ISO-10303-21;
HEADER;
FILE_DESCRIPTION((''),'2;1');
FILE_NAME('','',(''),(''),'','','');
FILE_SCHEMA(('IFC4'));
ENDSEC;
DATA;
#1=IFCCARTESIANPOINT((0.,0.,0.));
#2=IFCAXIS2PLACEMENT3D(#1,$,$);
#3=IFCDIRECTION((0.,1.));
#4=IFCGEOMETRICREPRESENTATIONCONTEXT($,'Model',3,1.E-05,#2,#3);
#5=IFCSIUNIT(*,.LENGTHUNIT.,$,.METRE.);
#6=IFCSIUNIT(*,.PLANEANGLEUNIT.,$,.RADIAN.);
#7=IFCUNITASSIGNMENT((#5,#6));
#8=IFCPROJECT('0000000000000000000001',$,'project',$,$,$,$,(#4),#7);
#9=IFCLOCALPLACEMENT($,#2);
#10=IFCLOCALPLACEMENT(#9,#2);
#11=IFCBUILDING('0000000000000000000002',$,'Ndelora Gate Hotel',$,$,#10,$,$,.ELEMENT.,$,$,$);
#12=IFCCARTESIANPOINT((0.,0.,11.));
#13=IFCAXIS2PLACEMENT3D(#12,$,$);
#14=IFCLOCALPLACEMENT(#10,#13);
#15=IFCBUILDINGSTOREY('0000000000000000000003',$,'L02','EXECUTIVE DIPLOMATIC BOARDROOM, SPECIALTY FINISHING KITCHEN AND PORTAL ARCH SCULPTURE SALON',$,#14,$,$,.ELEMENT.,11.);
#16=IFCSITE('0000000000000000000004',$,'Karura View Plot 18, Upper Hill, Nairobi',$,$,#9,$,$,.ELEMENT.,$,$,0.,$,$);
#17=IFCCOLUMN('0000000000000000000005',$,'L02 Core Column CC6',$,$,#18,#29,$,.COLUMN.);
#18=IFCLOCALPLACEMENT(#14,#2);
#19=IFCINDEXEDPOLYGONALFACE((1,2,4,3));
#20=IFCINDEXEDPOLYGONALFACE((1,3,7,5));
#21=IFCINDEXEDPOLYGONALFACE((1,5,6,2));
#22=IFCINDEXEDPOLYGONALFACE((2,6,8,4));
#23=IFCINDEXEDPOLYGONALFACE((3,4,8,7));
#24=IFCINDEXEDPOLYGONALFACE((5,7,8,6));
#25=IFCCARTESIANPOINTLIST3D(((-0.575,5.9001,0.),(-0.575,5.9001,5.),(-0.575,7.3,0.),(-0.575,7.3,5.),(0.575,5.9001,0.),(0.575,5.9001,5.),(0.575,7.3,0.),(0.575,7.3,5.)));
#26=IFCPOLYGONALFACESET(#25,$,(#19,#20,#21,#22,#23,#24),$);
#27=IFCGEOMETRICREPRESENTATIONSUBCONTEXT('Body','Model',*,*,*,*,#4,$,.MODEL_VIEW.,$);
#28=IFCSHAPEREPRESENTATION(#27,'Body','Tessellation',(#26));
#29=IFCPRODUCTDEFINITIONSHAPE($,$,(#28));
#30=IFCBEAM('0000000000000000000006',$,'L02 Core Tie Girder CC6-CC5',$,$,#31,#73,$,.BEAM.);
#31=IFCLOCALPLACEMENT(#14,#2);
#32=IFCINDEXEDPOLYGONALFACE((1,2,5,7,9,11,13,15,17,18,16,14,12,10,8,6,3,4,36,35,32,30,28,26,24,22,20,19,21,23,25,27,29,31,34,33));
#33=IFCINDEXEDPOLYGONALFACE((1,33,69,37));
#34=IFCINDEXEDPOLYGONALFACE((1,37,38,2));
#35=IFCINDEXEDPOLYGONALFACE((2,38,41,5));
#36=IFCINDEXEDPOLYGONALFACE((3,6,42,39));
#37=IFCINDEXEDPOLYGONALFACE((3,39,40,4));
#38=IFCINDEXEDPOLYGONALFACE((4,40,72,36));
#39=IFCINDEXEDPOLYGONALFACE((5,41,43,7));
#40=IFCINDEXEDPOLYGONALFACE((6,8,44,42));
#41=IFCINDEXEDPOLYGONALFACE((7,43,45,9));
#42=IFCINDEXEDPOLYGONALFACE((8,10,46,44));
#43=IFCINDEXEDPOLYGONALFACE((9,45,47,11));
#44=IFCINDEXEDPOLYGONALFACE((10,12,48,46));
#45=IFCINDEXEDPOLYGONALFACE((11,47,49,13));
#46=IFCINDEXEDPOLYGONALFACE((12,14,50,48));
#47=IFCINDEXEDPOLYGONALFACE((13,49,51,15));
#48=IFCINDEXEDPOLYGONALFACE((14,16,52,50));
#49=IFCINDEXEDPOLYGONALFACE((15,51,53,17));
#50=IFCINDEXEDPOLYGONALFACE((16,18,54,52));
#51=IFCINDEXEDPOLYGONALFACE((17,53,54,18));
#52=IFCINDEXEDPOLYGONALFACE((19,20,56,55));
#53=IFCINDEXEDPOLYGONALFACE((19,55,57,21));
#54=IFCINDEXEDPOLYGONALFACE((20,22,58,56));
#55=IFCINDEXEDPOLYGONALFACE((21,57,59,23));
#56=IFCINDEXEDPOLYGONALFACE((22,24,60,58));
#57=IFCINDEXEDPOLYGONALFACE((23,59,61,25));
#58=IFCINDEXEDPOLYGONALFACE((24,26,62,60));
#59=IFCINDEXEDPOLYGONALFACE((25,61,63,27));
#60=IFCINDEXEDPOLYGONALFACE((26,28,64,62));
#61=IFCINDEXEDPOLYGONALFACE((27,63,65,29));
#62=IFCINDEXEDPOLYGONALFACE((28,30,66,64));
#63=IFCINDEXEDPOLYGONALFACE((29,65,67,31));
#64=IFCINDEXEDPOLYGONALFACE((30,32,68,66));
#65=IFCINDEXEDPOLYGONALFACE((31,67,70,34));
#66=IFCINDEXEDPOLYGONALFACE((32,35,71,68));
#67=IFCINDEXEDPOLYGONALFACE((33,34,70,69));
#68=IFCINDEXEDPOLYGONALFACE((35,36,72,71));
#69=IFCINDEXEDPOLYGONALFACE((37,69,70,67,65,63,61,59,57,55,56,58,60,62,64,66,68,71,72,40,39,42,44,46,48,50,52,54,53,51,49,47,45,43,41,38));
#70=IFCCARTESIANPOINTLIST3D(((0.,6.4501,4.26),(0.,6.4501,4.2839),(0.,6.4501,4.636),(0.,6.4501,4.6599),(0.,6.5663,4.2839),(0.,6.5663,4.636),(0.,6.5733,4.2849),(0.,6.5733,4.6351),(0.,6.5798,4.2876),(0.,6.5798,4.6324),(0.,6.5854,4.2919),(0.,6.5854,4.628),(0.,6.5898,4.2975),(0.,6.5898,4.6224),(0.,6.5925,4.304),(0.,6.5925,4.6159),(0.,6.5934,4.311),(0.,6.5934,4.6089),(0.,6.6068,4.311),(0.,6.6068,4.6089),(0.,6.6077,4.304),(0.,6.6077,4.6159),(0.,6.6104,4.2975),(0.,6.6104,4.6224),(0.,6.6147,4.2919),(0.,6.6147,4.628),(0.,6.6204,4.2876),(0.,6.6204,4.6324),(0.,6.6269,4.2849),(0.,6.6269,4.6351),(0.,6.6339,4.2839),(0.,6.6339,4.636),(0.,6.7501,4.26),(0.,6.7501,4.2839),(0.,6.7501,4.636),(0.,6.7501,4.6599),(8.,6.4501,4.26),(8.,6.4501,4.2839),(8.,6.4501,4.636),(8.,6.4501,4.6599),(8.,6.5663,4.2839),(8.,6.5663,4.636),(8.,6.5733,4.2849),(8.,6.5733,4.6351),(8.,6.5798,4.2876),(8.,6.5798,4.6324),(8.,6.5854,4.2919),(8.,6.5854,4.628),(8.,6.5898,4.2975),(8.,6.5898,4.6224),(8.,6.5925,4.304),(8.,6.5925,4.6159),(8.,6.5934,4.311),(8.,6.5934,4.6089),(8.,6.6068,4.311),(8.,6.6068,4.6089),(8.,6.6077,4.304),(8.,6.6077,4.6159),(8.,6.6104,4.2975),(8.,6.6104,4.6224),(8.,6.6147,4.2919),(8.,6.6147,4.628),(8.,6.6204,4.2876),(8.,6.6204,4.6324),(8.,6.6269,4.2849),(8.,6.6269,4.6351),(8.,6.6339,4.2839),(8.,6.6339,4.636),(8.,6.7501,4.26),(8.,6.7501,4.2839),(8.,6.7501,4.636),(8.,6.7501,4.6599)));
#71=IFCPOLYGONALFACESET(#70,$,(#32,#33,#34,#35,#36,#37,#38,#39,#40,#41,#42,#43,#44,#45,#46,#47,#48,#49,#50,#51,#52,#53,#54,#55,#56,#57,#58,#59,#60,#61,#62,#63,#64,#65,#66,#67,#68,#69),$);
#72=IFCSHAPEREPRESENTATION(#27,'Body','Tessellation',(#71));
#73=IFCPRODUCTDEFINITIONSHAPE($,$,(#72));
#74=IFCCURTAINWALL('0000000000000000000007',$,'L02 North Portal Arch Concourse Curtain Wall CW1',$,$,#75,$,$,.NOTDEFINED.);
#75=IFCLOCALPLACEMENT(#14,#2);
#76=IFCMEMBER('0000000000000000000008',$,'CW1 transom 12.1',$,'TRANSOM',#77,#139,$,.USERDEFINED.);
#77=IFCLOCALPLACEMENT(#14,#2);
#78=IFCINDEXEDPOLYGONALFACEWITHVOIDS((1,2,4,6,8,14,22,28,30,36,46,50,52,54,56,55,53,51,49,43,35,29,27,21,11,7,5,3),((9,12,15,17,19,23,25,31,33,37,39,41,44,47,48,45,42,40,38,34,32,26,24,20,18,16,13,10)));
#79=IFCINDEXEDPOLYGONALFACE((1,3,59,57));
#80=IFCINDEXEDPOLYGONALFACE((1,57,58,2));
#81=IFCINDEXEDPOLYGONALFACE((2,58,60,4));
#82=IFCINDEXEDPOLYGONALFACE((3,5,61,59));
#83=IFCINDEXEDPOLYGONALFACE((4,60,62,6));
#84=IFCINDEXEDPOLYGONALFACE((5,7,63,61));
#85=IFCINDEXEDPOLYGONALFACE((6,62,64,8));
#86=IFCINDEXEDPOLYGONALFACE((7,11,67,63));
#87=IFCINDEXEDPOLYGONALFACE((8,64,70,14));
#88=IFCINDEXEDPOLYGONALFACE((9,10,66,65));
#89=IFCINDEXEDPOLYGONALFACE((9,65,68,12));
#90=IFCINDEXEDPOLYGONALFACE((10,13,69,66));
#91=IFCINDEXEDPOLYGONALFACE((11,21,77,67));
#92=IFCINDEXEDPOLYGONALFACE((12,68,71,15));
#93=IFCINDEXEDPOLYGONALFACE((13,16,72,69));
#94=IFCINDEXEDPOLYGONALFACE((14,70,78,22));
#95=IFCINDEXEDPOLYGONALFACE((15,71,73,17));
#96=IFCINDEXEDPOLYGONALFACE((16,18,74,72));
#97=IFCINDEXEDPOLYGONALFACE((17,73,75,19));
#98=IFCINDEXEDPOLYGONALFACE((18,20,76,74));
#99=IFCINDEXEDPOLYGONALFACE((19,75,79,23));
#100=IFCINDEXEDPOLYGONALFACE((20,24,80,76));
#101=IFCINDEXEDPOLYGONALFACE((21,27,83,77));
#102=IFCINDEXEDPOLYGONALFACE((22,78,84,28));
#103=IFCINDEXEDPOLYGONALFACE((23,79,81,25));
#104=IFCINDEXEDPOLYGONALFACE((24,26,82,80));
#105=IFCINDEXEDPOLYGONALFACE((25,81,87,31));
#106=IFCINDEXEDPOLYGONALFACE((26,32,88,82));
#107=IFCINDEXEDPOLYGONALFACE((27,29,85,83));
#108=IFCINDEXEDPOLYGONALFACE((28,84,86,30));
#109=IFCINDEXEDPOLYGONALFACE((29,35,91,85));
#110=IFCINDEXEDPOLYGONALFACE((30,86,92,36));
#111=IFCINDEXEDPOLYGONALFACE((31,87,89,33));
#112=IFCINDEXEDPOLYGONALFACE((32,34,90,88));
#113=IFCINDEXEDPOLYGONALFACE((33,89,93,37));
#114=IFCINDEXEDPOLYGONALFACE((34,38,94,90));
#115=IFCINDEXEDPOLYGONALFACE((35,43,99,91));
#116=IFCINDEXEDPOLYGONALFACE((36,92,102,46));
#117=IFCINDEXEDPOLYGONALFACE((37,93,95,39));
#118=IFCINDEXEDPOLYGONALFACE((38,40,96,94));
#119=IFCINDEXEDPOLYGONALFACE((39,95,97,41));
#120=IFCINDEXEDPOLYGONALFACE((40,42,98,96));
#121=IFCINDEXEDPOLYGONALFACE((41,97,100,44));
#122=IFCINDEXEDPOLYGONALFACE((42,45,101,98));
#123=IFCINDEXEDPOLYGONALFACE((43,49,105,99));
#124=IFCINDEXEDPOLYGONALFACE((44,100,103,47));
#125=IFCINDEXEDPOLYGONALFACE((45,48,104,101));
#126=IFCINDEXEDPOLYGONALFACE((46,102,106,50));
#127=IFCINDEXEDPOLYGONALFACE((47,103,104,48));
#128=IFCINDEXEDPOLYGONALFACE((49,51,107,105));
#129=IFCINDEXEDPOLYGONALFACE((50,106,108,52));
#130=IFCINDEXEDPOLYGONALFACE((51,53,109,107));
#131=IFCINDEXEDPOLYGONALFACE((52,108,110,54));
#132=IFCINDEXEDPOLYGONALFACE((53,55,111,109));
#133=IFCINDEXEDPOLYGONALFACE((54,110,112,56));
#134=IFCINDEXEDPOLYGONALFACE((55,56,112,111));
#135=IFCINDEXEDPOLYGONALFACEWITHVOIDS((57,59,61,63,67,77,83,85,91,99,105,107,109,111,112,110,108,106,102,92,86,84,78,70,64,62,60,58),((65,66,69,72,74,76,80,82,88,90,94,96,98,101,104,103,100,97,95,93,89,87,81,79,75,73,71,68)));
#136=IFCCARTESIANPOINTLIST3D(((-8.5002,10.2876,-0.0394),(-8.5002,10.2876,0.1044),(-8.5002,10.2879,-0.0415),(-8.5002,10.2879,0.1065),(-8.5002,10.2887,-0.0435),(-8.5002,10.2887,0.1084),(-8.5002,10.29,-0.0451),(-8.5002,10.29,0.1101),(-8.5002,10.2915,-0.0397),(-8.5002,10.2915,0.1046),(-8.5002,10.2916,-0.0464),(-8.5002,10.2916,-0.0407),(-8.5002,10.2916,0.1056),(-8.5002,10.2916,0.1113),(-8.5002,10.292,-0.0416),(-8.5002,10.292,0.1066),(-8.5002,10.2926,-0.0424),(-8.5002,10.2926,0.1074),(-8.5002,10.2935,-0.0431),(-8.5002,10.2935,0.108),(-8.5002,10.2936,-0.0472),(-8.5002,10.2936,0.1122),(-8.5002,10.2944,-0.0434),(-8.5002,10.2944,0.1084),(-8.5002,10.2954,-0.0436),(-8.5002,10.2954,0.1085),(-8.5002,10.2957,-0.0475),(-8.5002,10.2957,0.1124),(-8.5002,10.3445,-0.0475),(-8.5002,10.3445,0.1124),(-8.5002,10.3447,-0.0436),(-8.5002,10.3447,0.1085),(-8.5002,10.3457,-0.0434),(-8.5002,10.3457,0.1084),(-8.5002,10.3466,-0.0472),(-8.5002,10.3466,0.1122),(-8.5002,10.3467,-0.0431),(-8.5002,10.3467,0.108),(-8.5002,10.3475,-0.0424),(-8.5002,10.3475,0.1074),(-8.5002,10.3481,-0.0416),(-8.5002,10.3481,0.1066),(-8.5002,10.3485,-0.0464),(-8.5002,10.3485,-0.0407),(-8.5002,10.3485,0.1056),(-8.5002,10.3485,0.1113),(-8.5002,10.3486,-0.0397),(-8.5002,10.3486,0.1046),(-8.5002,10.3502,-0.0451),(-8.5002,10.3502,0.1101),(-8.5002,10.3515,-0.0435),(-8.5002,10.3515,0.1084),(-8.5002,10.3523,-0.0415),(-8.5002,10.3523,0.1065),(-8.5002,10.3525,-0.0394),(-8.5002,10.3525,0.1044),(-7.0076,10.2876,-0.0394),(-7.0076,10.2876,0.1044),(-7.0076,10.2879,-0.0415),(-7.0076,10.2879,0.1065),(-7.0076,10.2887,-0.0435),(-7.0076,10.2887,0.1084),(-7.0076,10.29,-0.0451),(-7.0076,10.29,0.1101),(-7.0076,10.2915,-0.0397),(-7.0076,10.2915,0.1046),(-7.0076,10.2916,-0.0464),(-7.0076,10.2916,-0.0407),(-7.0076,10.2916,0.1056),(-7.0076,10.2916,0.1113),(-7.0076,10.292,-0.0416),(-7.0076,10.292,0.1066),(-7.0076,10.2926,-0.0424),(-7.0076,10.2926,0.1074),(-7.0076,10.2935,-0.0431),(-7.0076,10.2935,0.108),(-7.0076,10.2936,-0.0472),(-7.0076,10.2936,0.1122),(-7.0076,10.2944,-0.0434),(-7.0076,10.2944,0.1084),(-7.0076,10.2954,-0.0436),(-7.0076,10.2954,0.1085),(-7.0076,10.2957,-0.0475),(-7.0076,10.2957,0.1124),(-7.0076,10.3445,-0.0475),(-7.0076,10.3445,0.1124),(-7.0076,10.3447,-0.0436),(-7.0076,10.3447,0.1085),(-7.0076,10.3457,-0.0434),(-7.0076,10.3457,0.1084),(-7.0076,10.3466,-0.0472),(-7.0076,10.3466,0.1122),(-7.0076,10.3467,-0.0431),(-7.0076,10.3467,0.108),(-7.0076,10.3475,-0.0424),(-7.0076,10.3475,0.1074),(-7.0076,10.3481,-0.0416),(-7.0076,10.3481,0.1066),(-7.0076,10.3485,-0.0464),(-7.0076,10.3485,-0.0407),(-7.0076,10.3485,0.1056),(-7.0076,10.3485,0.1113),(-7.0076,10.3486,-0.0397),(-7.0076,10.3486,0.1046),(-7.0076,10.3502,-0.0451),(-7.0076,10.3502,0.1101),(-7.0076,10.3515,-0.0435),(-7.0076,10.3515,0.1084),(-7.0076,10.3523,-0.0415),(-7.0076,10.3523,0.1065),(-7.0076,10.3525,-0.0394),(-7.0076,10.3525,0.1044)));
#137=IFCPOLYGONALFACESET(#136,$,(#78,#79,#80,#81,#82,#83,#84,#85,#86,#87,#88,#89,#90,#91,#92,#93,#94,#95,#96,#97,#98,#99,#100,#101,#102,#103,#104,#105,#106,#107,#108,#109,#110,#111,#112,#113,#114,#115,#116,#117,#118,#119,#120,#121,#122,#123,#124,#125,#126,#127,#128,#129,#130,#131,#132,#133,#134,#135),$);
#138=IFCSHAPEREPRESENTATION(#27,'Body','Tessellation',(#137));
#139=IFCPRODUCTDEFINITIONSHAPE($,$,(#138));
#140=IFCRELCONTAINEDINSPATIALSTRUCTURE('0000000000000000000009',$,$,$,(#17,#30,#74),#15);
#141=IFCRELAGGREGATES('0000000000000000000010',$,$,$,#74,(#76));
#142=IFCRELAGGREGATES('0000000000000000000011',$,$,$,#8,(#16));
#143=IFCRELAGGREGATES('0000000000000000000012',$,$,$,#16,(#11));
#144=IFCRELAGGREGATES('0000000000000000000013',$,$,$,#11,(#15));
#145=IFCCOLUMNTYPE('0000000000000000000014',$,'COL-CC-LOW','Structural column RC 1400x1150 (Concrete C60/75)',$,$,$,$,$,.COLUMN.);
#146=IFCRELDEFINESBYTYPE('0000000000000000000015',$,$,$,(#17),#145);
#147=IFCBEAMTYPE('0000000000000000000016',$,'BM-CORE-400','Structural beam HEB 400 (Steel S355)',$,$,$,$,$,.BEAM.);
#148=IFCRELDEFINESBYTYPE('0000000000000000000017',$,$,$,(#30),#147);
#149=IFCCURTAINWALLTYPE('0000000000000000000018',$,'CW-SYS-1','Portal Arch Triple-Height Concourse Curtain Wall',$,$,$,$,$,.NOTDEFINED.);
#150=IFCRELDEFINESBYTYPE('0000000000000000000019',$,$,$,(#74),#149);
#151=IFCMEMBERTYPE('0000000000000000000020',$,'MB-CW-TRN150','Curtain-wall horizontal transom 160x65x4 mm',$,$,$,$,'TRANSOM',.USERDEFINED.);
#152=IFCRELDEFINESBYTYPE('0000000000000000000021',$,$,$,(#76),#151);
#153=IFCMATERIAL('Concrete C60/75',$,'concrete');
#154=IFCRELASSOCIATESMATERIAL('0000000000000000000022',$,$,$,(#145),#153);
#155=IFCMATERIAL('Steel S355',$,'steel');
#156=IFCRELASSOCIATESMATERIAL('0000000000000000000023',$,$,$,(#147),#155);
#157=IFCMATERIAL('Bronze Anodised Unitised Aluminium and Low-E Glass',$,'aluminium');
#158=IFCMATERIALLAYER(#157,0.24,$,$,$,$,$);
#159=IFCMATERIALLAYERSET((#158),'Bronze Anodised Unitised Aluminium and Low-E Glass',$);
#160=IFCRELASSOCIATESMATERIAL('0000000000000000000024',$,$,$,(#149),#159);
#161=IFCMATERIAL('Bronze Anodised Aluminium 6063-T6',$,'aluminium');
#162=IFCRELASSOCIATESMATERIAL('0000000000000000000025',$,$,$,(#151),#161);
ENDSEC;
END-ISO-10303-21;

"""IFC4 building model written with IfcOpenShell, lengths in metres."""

from ifc_helpers import new_model, si_unit, direction, frame, origin, origin_2d, place, context, subcontext, project, spatial, rectangle, hollow_rectangle, i_section, extrude, material, layer, layer_set, material_profile, profile_set, type_object, element, aggregate, save


model = new_model("IFC4")

# Units and contexts
model_context = context("Model", 3, precision=1e-05, world=origin(), true_north=direction((0.0, 1.0)))
body_context = subcontext(model_context, "Body", "Model", "MODEL_VIEW")
ifc_project = project(units=[si_unit("LENGTHUNIT", "METRE"), si_unit("PLANEANGLEUNIT", "RADIAN")], contexts=[model_context])

# Site, building, storey
site_placement = place(None, origin())
site = spatial("IfcSite", under=ifc_project, at=site_placement, Name="Karura View Plot 18, Upper Hill, Nairobi", CompositionType="ELEMENT", RefElevation=0.0)
building_placement = place(site_placement, origin())
building = spatial("IfcBuilding", under=site, at=building_placement, Name="Ndelora Gate Hotel", CompositionType="ELEMENT")
storey_placement = place(building_placement, frame((0.0, 0.0, 11.0)))
storey = spatial("IfcBuildingStorey", under=building, at=storey_placement, Name="L02", Description="EXECUTIVE DIPLOMATIC BOARDROOM, SPECIALTY FINISHING KITCHEN AND PORTAL ARCH SCULPTURE SALON", CompositionType="ELEMENT", Elevation=11.0)

# Column
ifc_material_1 = material(Name="Concrete C60/75", Category="concrete")
ifc_material_profile_1 = material_profile(ifc_material_1, rectangle(XDim=1.1499, YDim=1.3999, at=origin_2d()), Name="RC 1400x1150")
ifc_profile_set_1 = profile_set([ifc_material_profile_1], Name="Concrete C60/75")
column_type = type_object("IfcColumnType", Name="COL-CC-LOW", Description="Structural column RC 1400x1150 (Concrete C60/75)", PredefinedType="COLUMN", material=ifc_profile_set_1)
column_placement = place(storey_placement, frame((0.0, 6.6001, 0.0), z_axis=(0.0, 0.0, 1.0), x_axis=(1.0, 0.0, 0.0)))
element("IfcColumn", 1, at=column_placement, inside=storey, type_object=column_type, Name="L02 Core Column CC6", PredefinedType="COLUMN", context=body_context, shape_type="SweptSolid", body=[
    extrude(rectangle(XDim=1.1499, YDim=1.3999, at=origin_2d()), origin(), (0.0, 0.0, 1.0), 5.0),
])

# Beam
ifc_material_2 = material(Name="Steel S355", Category="steel")
ifc_material_profile_2 = material_profile(ifc_material_2, i_section(OverallWidth=0.3, OverallDepth=0.3999, WebThickness=0.0134, FlangeThickness=0.0239, FilletRadius=0.0271, at=origin_2d()), Name="HEB 400")
ifc_profile_set_2 = profile_set([ifc_material_profile_2], Name="Steel S355")
beam_type = type_object("IfcBeamType", Name="BM-CORE-400", Description="Structural beam HEB 400 (Steel S355)", PredefinedType="BEAM", material=ifc_profile_set_2)
beam_placement = place(storey_placement, frame((0.0, 6.6001, 4.46), z_axis=(1.0, 0.0, 0.0), x_axis=(0.0, 1.0, 0.0)))
element("IfcBeam", 2, at=beam_placement, inside=storey, type_object=beam_type, Name="L02 Core Tie Girder CC6-CC5", PredefinedType="BEAM", context=body_context, shape_type="SweptSolid", body=[
    extrude(i_section(OverallWidth=0.3, OverallDepth=0.3999, WebThickness=0.0134, FlangeThickness=0.0239, FilletRadius=0.0271, at=origin_2d()), origin(), (0.0, 0.0, 1.0), 8.0),
])

# Curtain wall, member
ifc_material_3 = material(Name="Bronze Anodised Unitised Aluminium and Low-E Glass", Category="aluminium")
ifc_layer_1 = layer(ifc_material_3, 0.24)
ifc_layer_set_1 = layer_set([ifc_layer_1], Name="Bronze Anodised Unitised Aluminium and Low-E Glass")
curtain_wall_type = type_object("IfcCurtainWallType", Name="CW-SYS-1", Description="Portal Arch Triple-Height Concourse Curtain Wall", PredefinedType="NOTDEFINED", material=ifc_layer_set_1)
curtain_wall_placement = place(storey_placement, origin())
curtain_wall = element("IfcCurtainWall", 3, at=curtain_wall_placement, inside=storey, type_object=curtain_wall_type, Name="L02 North Portal Arch Concourse Curtain Wall CW1", PredefinedType="NOTDEFINED")
ifc_material_4 = material(Name="Bronze Anodised Aluminium 6063-T6", Category="aluminium")
ifc_material_profile_3 = material_profile(ifc_material_4, hollow_rectangle(XDim=0.0649, YDim=0.1599, WallThickness=0.0039, InnerFilletRadius=0.0039, OuterFilletRadius=0.0081, at=origin_2d()), Name="ALU 160x65x4")
ifc_profile_set_3 = profile_set([ifc_material_profile_3], Name="Bronze Anodised Aluminium 6063-T6")
member_type = type_object("IfcMemberType", Name="MB-CW-TRN150", Description="Curtain-wall horizontal transom 160x65x4 mm", ElementType="TRANSOM", PredefinedType="USERDEFINED", material=ifc_profile_set_3)
member_1_placement = place(storey_placement, frame((-7.0076, 10.3201, 0.0325), z_axis=(-1.0, 0.0, 0.0), x_axis=(0.0, -1.0, 0.0)))
member_1 = element("IfcMember", 4, at=member_1_placement, type_object=member_type, Name="CW1 transom 12.1", ObjectType="TRANSOM", PredefinedType="USERDEFINED", context=body_context, shape_type="SweptSolid", body=[
    extrude(hollow_rectangle(XDim=0.0649, YDim=0.1599, WallThickness=0.0039, InnerFilletRadius=0.0039, OuterFilletRadius=0.0081, at=origin_2d()), origin(), (0.0, 0.0, 1.0), 1.4927),
])
aggregate(curtain_wall, [member_1])

save(model, "model.ifc")
